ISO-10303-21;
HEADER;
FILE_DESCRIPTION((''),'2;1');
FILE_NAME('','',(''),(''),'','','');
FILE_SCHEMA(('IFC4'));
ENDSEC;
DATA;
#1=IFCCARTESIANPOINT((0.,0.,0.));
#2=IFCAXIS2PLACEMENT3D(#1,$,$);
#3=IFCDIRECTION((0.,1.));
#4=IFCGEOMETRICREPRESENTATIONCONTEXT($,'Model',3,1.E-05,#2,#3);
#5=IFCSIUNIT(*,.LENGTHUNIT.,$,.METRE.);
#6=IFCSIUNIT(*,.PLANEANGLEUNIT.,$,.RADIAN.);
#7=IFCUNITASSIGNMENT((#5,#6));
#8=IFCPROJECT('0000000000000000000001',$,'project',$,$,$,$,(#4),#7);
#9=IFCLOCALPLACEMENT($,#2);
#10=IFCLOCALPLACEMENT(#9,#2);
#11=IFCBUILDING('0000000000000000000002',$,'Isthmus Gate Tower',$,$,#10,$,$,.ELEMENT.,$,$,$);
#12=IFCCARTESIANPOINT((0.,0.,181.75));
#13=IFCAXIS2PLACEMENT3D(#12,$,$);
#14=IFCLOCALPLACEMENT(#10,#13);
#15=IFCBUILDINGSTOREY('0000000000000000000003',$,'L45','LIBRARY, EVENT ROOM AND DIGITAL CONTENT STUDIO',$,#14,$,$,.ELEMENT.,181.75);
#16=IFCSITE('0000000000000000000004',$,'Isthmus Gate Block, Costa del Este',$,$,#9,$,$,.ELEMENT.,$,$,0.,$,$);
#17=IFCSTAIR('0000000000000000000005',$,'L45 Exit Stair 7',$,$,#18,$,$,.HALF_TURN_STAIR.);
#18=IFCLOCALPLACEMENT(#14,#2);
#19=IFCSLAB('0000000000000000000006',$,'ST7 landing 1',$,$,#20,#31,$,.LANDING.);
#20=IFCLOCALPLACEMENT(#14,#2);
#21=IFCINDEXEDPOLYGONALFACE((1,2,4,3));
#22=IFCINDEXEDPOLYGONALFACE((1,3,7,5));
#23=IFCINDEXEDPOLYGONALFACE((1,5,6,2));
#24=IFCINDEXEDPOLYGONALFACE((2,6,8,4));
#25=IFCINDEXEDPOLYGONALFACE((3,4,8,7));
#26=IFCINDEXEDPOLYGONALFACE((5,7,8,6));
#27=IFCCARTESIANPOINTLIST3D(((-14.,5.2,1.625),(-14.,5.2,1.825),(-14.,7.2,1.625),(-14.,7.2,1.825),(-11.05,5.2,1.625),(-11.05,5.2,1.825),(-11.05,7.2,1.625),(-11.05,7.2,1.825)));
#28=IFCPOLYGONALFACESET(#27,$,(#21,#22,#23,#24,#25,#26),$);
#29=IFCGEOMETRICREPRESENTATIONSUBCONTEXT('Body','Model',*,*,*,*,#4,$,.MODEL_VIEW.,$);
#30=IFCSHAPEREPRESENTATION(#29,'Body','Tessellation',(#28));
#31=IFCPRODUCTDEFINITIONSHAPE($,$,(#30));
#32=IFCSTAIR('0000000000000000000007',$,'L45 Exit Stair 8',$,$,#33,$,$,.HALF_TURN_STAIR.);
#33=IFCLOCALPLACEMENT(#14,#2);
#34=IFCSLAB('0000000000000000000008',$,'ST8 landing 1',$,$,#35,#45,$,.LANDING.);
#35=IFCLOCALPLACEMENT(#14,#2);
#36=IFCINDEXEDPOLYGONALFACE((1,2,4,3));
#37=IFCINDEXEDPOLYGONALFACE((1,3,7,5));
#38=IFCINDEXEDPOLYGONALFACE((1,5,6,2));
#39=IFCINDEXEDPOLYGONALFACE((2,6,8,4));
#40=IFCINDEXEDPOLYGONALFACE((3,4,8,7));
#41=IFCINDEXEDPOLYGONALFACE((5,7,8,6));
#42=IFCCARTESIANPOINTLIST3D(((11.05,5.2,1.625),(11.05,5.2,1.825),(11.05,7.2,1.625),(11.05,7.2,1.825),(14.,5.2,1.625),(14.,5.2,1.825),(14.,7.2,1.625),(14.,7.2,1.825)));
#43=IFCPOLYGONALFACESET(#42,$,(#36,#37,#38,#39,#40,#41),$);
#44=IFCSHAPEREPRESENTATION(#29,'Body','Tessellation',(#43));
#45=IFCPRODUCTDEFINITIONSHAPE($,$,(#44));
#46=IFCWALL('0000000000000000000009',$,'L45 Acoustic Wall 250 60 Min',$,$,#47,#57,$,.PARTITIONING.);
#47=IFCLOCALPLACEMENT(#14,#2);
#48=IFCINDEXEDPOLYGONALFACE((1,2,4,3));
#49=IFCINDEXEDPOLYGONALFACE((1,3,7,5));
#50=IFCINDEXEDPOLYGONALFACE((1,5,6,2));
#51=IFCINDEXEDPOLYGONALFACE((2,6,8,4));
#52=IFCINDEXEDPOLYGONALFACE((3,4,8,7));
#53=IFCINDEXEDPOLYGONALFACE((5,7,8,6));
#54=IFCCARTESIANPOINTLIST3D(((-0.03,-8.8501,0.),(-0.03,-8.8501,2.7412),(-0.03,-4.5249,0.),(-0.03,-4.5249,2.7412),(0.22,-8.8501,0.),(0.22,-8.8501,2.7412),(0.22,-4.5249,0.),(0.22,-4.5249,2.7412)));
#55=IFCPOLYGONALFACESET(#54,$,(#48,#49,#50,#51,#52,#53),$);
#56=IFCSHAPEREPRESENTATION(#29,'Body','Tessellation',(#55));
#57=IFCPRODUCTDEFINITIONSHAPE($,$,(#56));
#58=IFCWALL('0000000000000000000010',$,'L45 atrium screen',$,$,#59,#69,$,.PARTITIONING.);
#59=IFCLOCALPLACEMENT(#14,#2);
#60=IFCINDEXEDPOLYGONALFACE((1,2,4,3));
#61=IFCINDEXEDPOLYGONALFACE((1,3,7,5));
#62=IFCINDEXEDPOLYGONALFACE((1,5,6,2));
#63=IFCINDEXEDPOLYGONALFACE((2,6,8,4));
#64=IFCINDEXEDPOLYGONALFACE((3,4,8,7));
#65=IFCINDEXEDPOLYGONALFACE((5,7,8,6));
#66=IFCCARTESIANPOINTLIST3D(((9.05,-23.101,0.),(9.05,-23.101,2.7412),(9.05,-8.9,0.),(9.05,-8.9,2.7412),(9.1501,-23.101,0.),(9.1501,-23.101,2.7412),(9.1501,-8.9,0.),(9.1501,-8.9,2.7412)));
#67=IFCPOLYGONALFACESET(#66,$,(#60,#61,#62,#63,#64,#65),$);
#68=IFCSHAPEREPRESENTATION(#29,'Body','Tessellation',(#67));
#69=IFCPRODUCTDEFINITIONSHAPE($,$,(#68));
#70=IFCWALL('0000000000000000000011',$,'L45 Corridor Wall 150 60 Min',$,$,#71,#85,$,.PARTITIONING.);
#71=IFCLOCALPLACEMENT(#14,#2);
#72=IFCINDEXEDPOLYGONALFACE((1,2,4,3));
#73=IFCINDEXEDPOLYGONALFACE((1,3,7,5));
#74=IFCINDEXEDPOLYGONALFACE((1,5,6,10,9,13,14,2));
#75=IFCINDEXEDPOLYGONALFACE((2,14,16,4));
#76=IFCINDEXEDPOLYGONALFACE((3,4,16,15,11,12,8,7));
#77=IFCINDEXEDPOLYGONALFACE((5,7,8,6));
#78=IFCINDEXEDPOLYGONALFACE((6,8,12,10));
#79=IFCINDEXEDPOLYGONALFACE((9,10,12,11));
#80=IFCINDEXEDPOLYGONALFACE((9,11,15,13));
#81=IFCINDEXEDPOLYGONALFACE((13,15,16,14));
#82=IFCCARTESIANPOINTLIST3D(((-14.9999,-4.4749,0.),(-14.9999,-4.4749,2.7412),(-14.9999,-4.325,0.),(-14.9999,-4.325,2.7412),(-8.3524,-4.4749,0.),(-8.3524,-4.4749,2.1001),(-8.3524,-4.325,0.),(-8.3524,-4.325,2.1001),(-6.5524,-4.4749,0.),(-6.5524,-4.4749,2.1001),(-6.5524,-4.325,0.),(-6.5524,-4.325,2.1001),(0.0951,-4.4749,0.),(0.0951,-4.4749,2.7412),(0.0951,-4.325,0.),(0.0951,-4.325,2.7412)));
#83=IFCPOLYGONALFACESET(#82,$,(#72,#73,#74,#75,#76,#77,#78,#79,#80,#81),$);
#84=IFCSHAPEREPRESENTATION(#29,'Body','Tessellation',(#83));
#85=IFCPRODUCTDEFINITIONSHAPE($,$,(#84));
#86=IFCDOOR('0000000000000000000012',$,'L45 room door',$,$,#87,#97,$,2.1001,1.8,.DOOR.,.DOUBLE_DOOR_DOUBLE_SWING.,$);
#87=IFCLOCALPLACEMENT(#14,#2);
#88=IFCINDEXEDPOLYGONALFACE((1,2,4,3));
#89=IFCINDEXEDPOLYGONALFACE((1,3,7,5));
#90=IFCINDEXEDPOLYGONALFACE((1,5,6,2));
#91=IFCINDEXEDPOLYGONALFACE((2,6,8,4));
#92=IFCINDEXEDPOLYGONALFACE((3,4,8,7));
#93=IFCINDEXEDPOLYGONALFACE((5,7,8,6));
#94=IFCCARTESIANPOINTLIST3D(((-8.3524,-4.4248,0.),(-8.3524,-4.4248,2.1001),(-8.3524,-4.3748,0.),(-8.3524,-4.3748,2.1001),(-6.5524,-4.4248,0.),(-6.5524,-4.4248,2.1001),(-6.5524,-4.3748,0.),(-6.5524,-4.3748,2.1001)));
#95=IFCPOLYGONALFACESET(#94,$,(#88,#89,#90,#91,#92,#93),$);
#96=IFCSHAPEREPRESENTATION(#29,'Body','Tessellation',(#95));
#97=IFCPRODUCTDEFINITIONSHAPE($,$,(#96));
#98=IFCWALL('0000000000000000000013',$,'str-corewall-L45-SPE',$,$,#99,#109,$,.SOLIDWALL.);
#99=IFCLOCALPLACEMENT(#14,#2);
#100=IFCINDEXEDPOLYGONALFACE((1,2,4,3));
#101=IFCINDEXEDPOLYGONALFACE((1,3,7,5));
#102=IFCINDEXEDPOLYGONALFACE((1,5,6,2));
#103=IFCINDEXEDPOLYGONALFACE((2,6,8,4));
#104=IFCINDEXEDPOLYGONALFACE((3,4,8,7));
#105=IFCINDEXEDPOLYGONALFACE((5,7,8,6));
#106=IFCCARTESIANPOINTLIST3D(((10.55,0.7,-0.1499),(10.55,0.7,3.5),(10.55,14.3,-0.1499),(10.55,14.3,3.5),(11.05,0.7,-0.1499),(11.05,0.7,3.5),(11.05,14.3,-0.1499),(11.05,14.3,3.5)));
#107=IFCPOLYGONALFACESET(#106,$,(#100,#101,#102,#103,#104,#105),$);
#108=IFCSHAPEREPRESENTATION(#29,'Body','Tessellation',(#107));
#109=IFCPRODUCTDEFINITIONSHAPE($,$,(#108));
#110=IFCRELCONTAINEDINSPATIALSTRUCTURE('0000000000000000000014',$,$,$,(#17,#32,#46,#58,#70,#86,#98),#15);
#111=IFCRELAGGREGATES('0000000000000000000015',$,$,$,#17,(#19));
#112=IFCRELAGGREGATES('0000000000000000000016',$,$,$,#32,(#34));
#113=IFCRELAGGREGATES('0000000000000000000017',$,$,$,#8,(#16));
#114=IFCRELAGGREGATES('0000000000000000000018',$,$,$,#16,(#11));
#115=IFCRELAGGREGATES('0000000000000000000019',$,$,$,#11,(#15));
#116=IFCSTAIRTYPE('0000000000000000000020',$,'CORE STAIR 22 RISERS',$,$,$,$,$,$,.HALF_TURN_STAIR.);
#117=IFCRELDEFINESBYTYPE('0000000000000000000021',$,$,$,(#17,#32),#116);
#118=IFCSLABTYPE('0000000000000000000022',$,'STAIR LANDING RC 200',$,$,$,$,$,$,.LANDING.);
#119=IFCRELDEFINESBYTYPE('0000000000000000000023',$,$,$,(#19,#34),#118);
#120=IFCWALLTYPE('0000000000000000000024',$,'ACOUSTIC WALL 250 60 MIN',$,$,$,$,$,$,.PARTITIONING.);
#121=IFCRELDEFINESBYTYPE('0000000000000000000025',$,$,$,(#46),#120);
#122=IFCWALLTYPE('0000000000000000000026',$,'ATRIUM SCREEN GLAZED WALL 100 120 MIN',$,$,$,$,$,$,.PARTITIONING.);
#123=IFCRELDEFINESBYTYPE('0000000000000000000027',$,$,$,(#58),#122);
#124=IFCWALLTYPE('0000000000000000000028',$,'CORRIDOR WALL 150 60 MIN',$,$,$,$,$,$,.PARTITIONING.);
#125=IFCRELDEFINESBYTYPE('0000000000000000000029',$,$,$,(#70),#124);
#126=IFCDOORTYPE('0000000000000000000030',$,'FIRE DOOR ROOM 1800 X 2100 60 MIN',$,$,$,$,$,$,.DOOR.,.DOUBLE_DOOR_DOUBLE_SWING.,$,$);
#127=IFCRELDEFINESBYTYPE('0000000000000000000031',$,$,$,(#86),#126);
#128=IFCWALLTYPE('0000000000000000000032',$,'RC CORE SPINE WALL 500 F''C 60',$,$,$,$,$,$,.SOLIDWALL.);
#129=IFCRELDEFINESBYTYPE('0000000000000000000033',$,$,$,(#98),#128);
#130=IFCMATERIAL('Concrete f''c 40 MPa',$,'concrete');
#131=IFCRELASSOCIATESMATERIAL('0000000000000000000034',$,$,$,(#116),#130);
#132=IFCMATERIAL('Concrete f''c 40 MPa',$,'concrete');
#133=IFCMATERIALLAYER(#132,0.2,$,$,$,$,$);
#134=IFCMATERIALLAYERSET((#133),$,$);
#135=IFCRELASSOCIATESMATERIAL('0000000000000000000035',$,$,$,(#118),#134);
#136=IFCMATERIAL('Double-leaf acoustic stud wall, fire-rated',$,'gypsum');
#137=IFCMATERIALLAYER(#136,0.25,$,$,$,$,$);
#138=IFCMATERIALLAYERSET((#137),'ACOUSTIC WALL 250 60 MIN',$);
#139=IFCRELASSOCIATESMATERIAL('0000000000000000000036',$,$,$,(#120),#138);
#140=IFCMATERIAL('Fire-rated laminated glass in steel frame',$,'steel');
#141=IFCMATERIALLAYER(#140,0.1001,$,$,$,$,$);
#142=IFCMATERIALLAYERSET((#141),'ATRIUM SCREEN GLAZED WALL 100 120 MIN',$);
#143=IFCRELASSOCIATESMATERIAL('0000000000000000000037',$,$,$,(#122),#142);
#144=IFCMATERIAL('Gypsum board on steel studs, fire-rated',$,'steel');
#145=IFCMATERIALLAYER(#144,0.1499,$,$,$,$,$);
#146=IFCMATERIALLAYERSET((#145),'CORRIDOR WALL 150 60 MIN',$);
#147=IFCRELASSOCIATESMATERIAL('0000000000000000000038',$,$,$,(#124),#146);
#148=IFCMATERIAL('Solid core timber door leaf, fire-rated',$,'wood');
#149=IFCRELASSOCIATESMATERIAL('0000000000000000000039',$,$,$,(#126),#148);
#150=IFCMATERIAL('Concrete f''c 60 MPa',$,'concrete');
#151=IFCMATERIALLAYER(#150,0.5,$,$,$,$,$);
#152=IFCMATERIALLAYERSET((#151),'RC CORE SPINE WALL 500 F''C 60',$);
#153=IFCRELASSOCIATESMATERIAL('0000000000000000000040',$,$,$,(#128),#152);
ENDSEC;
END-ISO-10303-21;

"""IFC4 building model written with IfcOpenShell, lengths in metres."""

from ifc_helpers import new_model, si_unit, direction, frame, frame_2d, origin, place, context, subcontext, project, spatial, polyline, rectangle, outline, extrude, material, layer, layer_set, type_object, element, fill, aggregate, save


model = new_model("IFC4")

# Units and contexts
model_context = context("Model", 3, precision=1e-05, world=origin(), true_north=direction((0.0, 1.0)))
body_context = subcontext(model_context, "Body", "Model", "MODEL_VIEW")
ifc_project = project(units=[si_unit("LENGTHUNIT", "METRE"), si_unit("PLANEANGLEUNIT", "RADIAN")], contexts=[model_context])

# Site, building, storey
site_placement = place(None, origin())
site = spatial("IfcSite", under=ifc_project, at=site_placement, Name="Isthmus Gate Block, Costa del Este", CompositionType="ELEMENT", RefElevation=0.0)
building_placement = place(site_placement, origin())
building = spatial("IfcBuilding", under=site, at=building_placement, Name="Isthmus Gate Tower", CompositionType="ELEMENT")
storey_placement = place(building_placement, frame((0.0, 0.0, 181.75)))
storey = spatial("IfcBuildingStorey", under=building, at=storey_placement, Name="L45", Description="LIBRARY, EVENT ROOM AND DIGITAL CONTENT STUDIO", CompositionType="ELEMENT", Elevation=181.75)

# Stairs, slabs
ifc_material_1 = material(Name="Concrete f'c 40 MPa", Category="concrete")
stair_type = type_object("IfcStairType", Name="CORE STAIR 22 RISERS", PredefinedType="HALF_TURN_STAIR", material=ifc_material_1)
ifc_material_2 = material(Name="Concrete f'c 40 MPa", Category="concrete")
ifc_layer_1 = layer(ifc_material_2, 0.2)
ifc_layer_set_1 = layer_set([ifc_layer_1])
slab_type_1 = type_object("IfcSlabType", Name="STAIR LANDING RC 200", PredefinedType="LANDING", material=ifc_layer_set_1)
stair_1_placement = place(storey_placement, origin())
stair_1 = element("IfcStair", 1, at=stair_1_placement, inside=storey, type_object=stair_type, Name="L45 Exit Stair 7", PredefinedType="HALF_TURN_STAIR")
slab_1_placement = place(storey_placement, frame((0.0, 0.0, 1.625)))
slab_1 = element("IfcSlab", 2, at=slab_1_placement, type_object=slab_type_1, Name="ST7 landing 1", PredefinedType="LANDING", context=body_context, shape_type="SweptSolid", body=[
    extrude(outline(polyline([(-11.05, 5.2), (-11.05, 7.2), (-14.0, 7.2), (-14.0, 5.2), (-11.05, 5.2)])), origin(), (0.0, 0.0, 1.0), 0.2),
])
aggregate(stair_1, [slab_1])
stair_2_placement = place(storey_placement, origin())
stair_2 = element("IfcStair", 3, at=stair_2_placement, inside=storey, type_object=stair_type, Name="L45 Exit Stair 8", PredefinedType="HALF_TURN_STAIR")
slab_2_placement = place(storey_placement, frame((0.0, 0.0, 1.625)))
slab_2 = element("IfcSlab", 4, at=slab_2_placement, type_object=slab_type_1, Name="ST8 landing 1", PredefinedType="LANDING", context=body_context, shape_type="SweptSolid", body=[
    extrude(outline(polyline([(14.0, 5.2), (14.0, 7.2), (11.05, 7.2), (11.05, 5.2), (14.0, 5.2)])), origin(), (0.0, 0.0, 1.0), 0.2),
])
aggregate(stair_2, [slab_2])

# Walls
ifc_material_3 = material(Name="Double-leaf acoustic stud wall, fire-rated", Category="gypsum")
ifc_layer_2 = layer(ifc_material_3, 0.25)
ifc_layer_set_2 = layer_set([ifc_layer_2], Name="ACOUSTIC WALL 250 60 MIN")
wall_type_1 = type_object("IfcWallType", Name="ACOUSTIC WALL 250 60 MIN", PredefinedType="PARTITIONING", material=ifc_layer_set_2)
wall_1_placement = place(storey_placement, frame((0.095, -8.8501, 0.0), z_axis=(0.0, 0.0, 1.0), x_axis=(0.0, 1.0, 0.0)))
element("IfcWall", 5, at=wall_1_placement, inside=storey, type_object=wall_type_1, Name="L45 Acoustic Wall 250 60 Min", PredefinedType="PARTITIONING", context=body_context, shape_type="SweptSolid", body=[
    extrude(rectangle(XDim=4.3252, YDim=0.25, at=frame_2d((2.1626, 0.0))), origin(), (0.0, 0.0, 1.0), 2.7412),
])
ifc_material_4 = material(Name="Fire-rated laminated glass in steel frame", Category="steel")
ifc_layer_3 = layer(ifc_material_4, 0.1001)
ifc_layer_set_3 = layer_set([ifc_layer_3], Name="ATRIUM SCREEN GLAZED WALL 100 120 MIN")
wall_type_2 = type_object("IfcWallType", Name="ATRIUM SCREEN GLAZED WALL 100 120 MIN", PredefinedType="PARTITIONING", material=ifc_layer_set_3)
wall_2_placement = place(storey_placement, frame((9.1001, -8.8999, 0.0), z_axis=(0.0, 0.0, 1.0), x_axis=(0.0, -1.0, 0.0)))
element("IfcWall", 6, at=wall_2_placement, inside=storey, type_object=wall_type_2, Name="L45 atrium screen", PredefinedType="PARTITIONING", context=body_context, shape_type="SweptSolid", body=[
    extrude(rectangle(XDim=14.2009, YDim=0.1001, at=frame_2d((7.1006, 0.0))), origin(), (0.0, 0.0, 1.0), 2.7412),
])

# Wall, opening, door
ifc_material_5 = material(Name="Gypsum board on steel studs, fire-rated", Category="steel")
ifc_layer_4 = layer(ifc_material_5, 0.1499)
ifc_layer_set_4 = layer_set([ifc_layer_4], Name="CORRIDOR WALL 150 60 MIN")
wall_type_3 = type_object("IfcWallType", Name="CORRIDOR WALL 150 60 MIN", PredefinedType="PARTITIONING", material=ifc_layer_set_4)
wall_3_placement = place(storey_placement, frame((0.095, -4.3999, 0.0), z_axis=(0.0, 0.0, 1.0), x_axis=(-1.0, 0.0, 0.0)))
wall_3 = element("IfcWall", 7, at=wall_3_placement, inside=storey, type_object=wall_type_3, Name="L45 Corridor Wall 150 60 Min", PredefinedType="PARTITIONING", context=body_context, shape_type="SweptSolid", body=[
    extrude(rectangle(XDim=15.095, YDim=0.1499, at=frame_2d((7.5474, 0.0))), origin(), (0.0, 0.0, 1.0), 2.7412),
])
opening_placement = place(wall_3_placement, frame((6.6475, 0.0, 0.0)))
opening = element("IfcOpeningElement", 8, at=opening_placement, cuts=wall_3, PredefinedType="OPENING", context=body_context, shape_type="SweptSolid", body=[
    extrude(rectangle(XDim=1.8, YDim=2.1001, at=frame_2d((0.8999, 1.05))), frame((0.0, 0.085, 0.0), z_axis=(0.0, -1.0, 0.0), x_axis=(1.0, 0.0, 0.0)), (0.0, 0.0, 1.0), 0.1699),
])
ifc_material_6 = material(Name="Solid core timber door leaf, fire-rated", Category="wood")
door_type = type_object("IfcDoorType", Name="FIRE DOOR ROOM 1800 X 2100 60 MIN", OperationType="DOUBLE_DOOR_DOUBLE_SWING", PredefinedType="DOOR", material=ifc_material_6)
door_placement = place(opening_placement, origin())
door = element("IfcDoor", 9, at=door_placement, inside=storey, type_object=door_type, Name="L45 room door", OperationType="DOUBLE_DOOR_DOUBLE_SWING", OverallHeight=2.1001, OverallWidth=1.8, PredefinedType="DOOR", context=body_context, shape_type="SweptSolid", body=[
    extrude(rectangle(XDim=1.8, YDim=2.1001, at=frame_2d((0.8999, 1.05))), frame((0.0, 0.0249, 0.0), z_axis=(0.0, -1.0, 0.0), x_axis=(1.0, 0.0, 0.0)), (0.0, 0.0, 1.0), 0.05),
])
fill(opening, door)

# Wall
ifc_material_7 = material(Name="Concrete f'c 60 MPa", Category="concrete")
ifc_layer_5 = layer(ifc_material_7, 0.5)
ifc_layer_set_5 = layer_set([ifc_layer_5], Name="RC CORE SPINE WALL 500 F'C 60")
wall_type_4 = type_object("IfcWallType", Name="RC CORE SPINE WALL 500 F'C 60", PredefinedType="SOLIDWALL", material=ifc_layer_set_5)
wall_4_placement = place(storey_placement, frame((10.8, 0.7, -0.1499), z_axis=(0.0, 0.0, 1.0), x_axis=(0.0, 1.0, 0.0)))
element("IfcWall", 10, at=wall_4_placement, inside=storey, type_object=wall_type_4, Name="str-corewall-L45-SPE", PredefinedType="SOLIDWALL", context=body_context, shape_type="SweptSolid", body=[
    extrude(rectangle(XDim=13.6001, YDim=0.5, at=frame_2d((6.8, 0.0))), origin(), (0.0, 0.0, 1.0), 3.6499),
])

save(model, "model.ifc")
